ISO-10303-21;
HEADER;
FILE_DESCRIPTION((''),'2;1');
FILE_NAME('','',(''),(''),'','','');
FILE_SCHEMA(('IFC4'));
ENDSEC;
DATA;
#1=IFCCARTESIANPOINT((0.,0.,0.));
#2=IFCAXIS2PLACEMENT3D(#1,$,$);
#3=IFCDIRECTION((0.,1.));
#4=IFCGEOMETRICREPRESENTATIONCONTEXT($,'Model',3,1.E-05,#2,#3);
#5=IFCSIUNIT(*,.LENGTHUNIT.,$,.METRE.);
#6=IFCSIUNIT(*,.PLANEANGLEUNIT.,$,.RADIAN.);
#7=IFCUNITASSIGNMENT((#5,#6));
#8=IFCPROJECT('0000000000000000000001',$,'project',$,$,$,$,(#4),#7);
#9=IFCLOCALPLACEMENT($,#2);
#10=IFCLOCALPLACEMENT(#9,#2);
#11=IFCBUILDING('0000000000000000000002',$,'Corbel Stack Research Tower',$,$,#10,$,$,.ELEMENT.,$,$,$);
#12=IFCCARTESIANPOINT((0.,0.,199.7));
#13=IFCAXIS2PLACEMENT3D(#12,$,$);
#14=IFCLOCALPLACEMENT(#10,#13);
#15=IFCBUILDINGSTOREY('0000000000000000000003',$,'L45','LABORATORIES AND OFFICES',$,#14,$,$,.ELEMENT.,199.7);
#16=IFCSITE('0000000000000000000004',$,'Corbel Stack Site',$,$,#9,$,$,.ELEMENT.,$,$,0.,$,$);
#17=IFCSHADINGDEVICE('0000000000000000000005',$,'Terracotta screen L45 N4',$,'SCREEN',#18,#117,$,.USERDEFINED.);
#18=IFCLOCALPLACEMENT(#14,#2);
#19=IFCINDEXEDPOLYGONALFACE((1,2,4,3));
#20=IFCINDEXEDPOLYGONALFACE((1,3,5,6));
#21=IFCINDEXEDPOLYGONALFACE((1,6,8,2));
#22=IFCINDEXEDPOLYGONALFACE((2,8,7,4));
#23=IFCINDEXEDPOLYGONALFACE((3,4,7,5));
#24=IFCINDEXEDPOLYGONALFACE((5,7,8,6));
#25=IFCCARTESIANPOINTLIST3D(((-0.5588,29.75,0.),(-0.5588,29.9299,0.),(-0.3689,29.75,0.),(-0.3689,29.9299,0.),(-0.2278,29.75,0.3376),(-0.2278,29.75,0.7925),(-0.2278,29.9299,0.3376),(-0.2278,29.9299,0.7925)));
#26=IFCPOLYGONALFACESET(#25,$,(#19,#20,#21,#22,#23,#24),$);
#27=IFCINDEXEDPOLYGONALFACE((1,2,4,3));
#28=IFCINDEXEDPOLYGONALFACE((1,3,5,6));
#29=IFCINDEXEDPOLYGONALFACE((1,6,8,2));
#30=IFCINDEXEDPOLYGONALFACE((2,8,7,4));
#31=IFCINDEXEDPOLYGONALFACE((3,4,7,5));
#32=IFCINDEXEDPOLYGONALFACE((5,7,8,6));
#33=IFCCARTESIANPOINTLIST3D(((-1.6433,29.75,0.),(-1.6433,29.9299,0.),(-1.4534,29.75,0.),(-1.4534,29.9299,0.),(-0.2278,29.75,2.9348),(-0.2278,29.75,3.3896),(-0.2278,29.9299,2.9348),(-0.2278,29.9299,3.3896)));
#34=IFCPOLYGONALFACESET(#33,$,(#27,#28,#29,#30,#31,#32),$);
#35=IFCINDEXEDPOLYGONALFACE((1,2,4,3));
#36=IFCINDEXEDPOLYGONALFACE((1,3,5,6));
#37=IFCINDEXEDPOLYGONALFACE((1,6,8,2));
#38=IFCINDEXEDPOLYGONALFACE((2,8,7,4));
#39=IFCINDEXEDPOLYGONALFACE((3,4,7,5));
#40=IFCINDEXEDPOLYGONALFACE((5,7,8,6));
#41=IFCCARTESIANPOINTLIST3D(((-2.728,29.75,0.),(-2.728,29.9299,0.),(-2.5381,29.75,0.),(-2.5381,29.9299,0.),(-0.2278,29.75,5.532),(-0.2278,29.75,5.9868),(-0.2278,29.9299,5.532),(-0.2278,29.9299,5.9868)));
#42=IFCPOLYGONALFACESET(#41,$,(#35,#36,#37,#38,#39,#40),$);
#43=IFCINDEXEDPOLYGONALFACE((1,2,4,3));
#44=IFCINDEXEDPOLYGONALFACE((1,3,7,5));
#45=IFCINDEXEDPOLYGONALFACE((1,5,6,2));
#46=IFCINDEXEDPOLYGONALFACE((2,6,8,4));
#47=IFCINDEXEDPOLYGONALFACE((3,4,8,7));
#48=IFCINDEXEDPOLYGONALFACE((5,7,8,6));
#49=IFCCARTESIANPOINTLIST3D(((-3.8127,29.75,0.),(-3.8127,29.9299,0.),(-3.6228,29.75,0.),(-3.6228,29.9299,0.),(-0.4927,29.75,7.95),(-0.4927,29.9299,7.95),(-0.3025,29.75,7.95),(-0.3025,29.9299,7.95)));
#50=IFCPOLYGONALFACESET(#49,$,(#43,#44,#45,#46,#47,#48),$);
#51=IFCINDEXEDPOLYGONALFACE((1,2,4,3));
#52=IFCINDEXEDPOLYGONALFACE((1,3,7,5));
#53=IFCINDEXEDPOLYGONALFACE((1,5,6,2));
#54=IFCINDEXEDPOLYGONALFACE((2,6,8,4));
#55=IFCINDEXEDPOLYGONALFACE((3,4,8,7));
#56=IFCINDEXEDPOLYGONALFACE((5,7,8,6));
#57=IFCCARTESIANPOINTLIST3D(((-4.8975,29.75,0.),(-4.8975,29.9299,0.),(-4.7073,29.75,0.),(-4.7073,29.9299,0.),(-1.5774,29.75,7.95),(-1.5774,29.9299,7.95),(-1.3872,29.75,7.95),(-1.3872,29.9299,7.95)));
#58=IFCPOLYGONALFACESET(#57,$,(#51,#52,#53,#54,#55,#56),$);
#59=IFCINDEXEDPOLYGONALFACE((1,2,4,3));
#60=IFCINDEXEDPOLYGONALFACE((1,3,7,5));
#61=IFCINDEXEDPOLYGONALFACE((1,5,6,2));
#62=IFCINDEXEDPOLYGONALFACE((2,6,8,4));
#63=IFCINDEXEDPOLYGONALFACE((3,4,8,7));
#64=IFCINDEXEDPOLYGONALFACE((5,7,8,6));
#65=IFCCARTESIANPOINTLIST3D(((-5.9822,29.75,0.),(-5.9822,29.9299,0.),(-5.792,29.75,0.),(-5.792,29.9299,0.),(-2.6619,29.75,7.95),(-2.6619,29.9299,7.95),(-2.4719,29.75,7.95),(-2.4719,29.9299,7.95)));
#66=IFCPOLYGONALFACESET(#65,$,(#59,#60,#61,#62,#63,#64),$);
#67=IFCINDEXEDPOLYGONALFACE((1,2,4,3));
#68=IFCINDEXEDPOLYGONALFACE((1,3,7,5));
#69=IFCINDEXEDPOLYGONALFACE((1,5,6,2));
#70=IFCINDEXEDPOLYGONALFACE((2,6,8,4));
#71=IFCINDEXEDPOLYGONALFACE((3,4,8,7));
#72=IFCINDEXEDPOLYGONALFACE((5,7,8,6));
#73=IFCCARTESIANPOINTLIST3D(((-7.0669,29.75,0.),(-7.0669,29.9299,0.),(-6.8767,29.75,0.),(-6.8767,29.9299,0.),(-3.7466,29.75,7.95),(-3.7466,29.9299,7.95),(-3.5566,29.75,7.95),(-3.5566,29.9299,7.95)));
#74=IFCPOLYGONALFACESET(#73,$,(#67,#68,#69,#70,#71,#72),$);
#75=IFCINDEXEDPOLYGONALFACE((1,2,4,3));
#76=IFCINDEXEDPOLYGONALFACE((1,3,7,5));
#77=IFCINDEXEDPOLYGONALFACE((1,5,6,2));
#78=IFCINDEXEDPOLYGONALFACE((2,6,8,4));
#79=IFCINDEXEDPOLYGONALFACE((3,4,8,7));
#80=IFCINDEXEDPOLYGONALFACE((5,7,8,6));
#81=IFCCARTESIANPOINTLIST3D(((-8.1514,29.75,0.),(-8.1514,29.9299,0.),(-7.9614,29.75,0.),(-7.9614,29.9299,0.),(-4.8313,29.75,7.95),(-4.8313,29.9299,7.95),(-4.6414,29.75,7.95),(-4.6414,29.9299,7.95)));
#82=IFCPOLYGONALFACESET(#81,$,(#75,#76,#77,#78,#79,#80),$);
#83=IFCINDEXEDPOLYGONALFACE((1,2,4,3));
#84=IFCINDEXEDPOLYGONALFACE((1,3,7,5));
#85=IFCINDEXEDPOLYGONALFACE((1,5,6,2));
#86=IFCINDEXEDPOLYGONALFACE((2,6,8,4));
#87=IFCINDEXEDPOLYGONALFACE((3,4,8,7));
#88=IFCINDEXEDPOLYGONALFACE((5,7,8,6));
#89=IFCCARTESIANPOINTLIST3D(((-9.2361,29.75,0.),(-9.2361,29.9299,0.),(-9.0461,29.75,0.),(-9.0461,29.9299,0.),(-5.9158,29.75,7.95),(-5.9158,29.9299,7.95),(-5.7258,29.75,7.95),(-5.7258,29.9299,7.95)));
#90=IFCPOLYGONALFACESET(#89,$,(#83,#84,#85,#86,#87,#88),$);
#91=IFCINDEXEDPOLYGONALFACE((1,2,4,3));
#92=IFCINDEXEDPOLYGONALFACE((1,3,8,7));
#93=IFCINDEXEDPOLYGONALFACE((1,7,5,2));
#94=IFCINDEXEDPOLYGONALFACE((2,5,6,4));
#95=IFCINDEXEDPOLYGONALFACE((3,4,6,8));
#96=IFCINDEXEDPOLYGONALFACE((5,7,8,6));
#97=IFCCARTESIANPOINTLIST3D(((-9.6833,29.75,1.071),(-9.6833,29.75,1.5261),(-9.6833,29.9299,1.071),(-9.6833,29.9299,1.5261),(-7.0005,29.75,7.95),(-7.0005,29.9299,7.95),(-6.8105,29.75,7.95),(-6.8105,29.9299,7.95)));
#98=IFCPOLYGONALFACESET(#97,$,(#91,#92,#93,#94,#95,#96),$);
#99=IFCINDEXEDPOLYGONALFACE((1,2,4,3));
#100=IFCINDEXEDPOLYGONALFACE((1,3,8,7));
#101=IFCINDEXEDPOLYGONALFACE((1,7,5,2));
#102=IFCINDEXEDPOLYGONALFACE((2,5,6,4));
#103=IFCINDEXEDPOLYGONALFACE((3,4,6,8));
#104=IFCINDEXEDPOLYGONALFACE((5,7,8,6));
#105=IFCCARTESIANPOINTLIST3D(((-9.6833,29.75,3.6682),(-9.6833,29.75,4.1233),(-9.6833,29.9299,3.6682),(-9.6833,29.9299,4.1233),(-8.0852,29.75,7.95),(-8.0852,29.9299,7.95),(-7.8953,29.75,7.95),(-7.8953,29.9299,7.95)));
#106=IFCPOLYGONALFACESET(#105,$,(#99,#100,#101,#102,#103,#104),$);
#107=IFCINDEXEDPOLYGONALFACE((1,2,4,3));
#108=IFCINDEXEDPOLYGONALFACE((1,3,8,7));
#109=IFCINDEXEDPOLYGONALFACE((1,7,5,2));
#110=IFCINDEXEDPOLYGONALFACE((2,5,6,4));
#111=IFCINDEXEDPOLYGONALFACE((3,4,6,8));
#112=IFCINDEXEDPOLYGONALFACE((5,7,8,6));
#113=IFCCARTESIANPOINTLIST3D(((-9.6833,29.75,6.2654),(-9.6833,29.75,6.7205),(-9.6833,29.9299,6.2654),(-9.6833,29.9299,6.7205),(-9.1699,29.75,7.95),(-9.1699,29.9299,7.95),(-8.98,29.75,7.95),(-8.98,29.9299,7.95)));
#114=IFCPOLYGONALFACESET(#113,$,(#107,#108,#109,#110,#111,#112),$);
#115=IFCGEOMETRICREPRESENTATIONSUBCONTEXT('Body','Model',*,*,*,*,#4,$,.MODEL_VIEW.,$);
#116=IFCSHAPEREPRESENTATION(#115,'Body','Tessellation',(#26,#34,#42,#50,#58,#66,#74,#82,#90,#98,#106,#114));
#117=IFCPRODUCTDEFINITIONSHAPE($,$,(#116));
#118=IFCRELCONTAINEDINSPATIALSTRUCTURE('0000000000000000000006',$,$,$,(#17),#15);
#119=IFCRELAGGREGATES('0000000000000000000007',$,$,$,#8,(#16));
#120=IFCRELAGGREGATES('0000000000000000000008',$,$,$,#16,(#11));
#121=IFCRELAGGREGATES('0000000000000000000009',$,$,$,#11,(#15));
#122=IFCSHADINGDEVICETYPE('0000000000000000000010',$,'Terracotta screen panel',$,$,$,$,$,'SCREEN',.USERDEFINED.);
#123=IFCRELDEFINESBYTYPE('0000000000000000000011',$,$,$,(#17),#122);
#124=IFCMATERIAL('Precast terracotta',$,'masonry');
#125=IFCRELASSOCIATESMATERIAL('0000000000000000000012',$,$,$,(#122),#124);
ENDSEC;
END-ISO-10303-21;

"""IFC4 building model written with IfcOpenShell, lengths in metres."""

from ifc_helpers import new_model, si_unit, direction, frame, origin, place, context, subcontext, project, spatial, polyline, outline, extrude, source, transform, mapped, material, type_object, element, save


model = new_model("IFC4")

# Units and contexts
model_context = context("Model", 3, precision=1e-05, world=origin(), true_north=direction((0.0, 1.0)))
body_context = subcontext(model_context, "Body", "Model", "MODEL_VIEW")
ifc_project = project(units=[si_unit("LENGTHUNIT", "METRE"), si_unit("PLANEANGLEUNIT", "RADIAN")], contexts=[model_context])

# Site, building, storey
site_placement = place(None, origin())
site = spatial("IfcSite", under=ifc_project, at=site_placement, Name="Corbel Stack Site", CompositionType="ELEMENT", RefElevation=0.0)
building_placement = place(site_placement, origin())
building = spatial("IfcBuilding", under=site, at=building_placement, Name="Corbel Stack Research Tower", CompositionType="ELEMENT")
storey_placement = place(building_placement, frame((0.0, 0.0, 199.7)))
storey = spatial("IfcBuildingStorey", under=building, at=storey_placement, Name="L45", Description="LABORATORIES AND OFFICES", CompositionType="ELEMENT", Elevation=199.7)

# Shading device
ifc_material_1 = material(Name="Precast terracotta", Category="masonry")
shading_device_type = type_object("IfcShadingDeviceType", Name="Terracotta screen panel", ElementType="SCREEN", PredefinedType="USERDEFINED", material=ifc_material_1)
shared_shape_1 = source(origin(), body_context, "Body", "SweptSolid", [
    extrude(outline(polyline([(0.3311, 0.0), (0.0, 0.7925), (0.0, 0.3376), (0.1411, 0.0), (0.3311, 0.0)])), frame((0.0, 0.0, 0.0), z_axis=(0.0, -1.0, 0.0), x_axis=(1.0, 0.0, 0.0)), (0.0, 0.0, 1.0), 0.1799),
    extrude(outline(polyline([(1.4155, 0.0), (0.0, 3.3896), (0.0, 2.9348), (1.2256, 0.0), (1.4155, 0.0)])), frame((0.0, 0.0, 0.0), z_axis=(0.0, -1.0, 0.0), x_axis=(1.0, 0.0, 0.0)), (0.0, 0.0, 1.0), 0.1799),
    extrude(outline(polyline([(2.5002, 0.0), (0.0, 5.9868), (0.0, 5.532), (2.3103, 0.0), (2.5002, 0.0)])), frame((0.0, 0.0, 0.0), z_axis=(0.0, -1.0, 0.0), x_axis=(1.0, 0.0, 0.0)), (0.0, 0.0, 1.0), 0.1799),
    extrude(outline(polyline([(3.585, 0.0), (0.2649, 7.95), (0.0747, 7.95), (3.395, 0.0), (3.585, 0.0)])), frame((0.0, 0.0, 0.0), z_axis=(0.0, -1.0, 0.0), x_axis=(1.0, 0.0, 0.0)), (0.0, 0.0, 1.0), 0.1799),
    extrude(outline(polyline([(4.6697, 0.0), (1.3496, 7.95), (1.1594, 7.95), (4.4795, 0.0), (4.6697, 0.0)])), frame((0.0, 0.0, 0.0), z_axis=(0.0, -1.0, 0.0), x_axis=(1.0, 0.0, 0.0)), (0.0, 0.0, 1.0), 0.1799),
    extrude(outline(polyline([(5.7544, 0.0), (2.4341, 7.95), (2.2441, 7.95), (5.5642, 0.0), (5.7544, 0.0)])), frame((0.0, 0.0, 0.0), z_axis=(0.0, -1.0, 0.0), x_axis=(1.0, 0.0, 0.0)), (0.0, 0.0, 1.0), 0.1799),
    extrude(outline(polyline([(6.8391, 0.0), (3.5188, 7.95), (3.3289, 7.95), (6.6489, 0.0), (6.8391, 0.0)])), frame((0.0, 0.0, 0.0), z_axis=(0.0, -1.0, 0.0), x_axis=(1.0, 0.0, 0.0)), (0.0, 0.0, 1.0), 0.1799),
    extrude(outline(polyline([(7.9236, 0.0), (4.6035, 7.95), (4.4136, 7.95), (7.7336, 0.0), (7.9236, 0.0)])), frame((0.0, 0.0, 0.0), z_axis=(0.0, -1.0, 0.0), x_axis=(1.0, 0.0, 0.0)), (0.0, 0.0, 1.0), 0.1799),
    extrude(outline(polyline([(9.0083, 0.0), (5.688, 7.95), (5.498, 7.95), (8.8184, 0.0), (9.0083, 0.0)])), frame((0.0, 0.0, 0.0), z_axis=(0.0, -1.0, 0.0), x_axis=(1.0, 0.0, 0.0)), (0.0, 0.0, 1.0), 0.1799),
    extrude(outline(polyline([(6.7727, 7.95), (6.5828, 7.95), (9.4556, 1.071), (9.4556, 1.5261), (6.7727, 7.95)])), frame((0.0, 0.0, 0.0), z_axis=(0.0, -1.0, 0.0), x_axis=(1.0, 0.0, 0.0)), (0.0, 0.0, 1.0), 0.1799),
    extrude(outline(polyline([(7.8574, 7.95), (7.6675, 7.95), (9.4556, 3.6682), (9.4556, 4.1233), (7.8574, 7.95)])), frame((0.0, 0.0, 0.0), z_axis=(0.0, -1.0, 0.0), x_axis=(1.0, 0.0, 0.0)), (0.0, 0.0, 1.0), 0.1799),
    extrude(outline(polyline([(8.9421, 7.95), (8.7522, 7.95), (9.4556, 6.2654), (9.4556, 6.7205), (8.9421, 7.95)])), frame((0.0, 0.0, 0.0), z_axis=(0.0, -1.0, 0.0), x_axis=(1.0, 0.0, 0.0)), (0.0, 0.0, 1.0), 0.1799),
])
shading_device_1_placement = place(storey_placement, frame((-0.2278, 29.75, 0.0), z_axis=(0.0, 0.0, 1.0), x_axis=(-1.0, 0.0, 0.0)))
element("IfcShadingDevice", 1, at=shading_device_1_placement, inside=storey, type_object=shading_device_type, Name="Terracotta screen L45 N4", ObjectType="SCREEN", PredefinedType="USERDEFINED", context=body_context, shape_type="MappedRepresentation", body=[
    mapped(shared_shape_1, transform((0.0, 0.0, 0.0))),
])

save(model, "model.ifc")
